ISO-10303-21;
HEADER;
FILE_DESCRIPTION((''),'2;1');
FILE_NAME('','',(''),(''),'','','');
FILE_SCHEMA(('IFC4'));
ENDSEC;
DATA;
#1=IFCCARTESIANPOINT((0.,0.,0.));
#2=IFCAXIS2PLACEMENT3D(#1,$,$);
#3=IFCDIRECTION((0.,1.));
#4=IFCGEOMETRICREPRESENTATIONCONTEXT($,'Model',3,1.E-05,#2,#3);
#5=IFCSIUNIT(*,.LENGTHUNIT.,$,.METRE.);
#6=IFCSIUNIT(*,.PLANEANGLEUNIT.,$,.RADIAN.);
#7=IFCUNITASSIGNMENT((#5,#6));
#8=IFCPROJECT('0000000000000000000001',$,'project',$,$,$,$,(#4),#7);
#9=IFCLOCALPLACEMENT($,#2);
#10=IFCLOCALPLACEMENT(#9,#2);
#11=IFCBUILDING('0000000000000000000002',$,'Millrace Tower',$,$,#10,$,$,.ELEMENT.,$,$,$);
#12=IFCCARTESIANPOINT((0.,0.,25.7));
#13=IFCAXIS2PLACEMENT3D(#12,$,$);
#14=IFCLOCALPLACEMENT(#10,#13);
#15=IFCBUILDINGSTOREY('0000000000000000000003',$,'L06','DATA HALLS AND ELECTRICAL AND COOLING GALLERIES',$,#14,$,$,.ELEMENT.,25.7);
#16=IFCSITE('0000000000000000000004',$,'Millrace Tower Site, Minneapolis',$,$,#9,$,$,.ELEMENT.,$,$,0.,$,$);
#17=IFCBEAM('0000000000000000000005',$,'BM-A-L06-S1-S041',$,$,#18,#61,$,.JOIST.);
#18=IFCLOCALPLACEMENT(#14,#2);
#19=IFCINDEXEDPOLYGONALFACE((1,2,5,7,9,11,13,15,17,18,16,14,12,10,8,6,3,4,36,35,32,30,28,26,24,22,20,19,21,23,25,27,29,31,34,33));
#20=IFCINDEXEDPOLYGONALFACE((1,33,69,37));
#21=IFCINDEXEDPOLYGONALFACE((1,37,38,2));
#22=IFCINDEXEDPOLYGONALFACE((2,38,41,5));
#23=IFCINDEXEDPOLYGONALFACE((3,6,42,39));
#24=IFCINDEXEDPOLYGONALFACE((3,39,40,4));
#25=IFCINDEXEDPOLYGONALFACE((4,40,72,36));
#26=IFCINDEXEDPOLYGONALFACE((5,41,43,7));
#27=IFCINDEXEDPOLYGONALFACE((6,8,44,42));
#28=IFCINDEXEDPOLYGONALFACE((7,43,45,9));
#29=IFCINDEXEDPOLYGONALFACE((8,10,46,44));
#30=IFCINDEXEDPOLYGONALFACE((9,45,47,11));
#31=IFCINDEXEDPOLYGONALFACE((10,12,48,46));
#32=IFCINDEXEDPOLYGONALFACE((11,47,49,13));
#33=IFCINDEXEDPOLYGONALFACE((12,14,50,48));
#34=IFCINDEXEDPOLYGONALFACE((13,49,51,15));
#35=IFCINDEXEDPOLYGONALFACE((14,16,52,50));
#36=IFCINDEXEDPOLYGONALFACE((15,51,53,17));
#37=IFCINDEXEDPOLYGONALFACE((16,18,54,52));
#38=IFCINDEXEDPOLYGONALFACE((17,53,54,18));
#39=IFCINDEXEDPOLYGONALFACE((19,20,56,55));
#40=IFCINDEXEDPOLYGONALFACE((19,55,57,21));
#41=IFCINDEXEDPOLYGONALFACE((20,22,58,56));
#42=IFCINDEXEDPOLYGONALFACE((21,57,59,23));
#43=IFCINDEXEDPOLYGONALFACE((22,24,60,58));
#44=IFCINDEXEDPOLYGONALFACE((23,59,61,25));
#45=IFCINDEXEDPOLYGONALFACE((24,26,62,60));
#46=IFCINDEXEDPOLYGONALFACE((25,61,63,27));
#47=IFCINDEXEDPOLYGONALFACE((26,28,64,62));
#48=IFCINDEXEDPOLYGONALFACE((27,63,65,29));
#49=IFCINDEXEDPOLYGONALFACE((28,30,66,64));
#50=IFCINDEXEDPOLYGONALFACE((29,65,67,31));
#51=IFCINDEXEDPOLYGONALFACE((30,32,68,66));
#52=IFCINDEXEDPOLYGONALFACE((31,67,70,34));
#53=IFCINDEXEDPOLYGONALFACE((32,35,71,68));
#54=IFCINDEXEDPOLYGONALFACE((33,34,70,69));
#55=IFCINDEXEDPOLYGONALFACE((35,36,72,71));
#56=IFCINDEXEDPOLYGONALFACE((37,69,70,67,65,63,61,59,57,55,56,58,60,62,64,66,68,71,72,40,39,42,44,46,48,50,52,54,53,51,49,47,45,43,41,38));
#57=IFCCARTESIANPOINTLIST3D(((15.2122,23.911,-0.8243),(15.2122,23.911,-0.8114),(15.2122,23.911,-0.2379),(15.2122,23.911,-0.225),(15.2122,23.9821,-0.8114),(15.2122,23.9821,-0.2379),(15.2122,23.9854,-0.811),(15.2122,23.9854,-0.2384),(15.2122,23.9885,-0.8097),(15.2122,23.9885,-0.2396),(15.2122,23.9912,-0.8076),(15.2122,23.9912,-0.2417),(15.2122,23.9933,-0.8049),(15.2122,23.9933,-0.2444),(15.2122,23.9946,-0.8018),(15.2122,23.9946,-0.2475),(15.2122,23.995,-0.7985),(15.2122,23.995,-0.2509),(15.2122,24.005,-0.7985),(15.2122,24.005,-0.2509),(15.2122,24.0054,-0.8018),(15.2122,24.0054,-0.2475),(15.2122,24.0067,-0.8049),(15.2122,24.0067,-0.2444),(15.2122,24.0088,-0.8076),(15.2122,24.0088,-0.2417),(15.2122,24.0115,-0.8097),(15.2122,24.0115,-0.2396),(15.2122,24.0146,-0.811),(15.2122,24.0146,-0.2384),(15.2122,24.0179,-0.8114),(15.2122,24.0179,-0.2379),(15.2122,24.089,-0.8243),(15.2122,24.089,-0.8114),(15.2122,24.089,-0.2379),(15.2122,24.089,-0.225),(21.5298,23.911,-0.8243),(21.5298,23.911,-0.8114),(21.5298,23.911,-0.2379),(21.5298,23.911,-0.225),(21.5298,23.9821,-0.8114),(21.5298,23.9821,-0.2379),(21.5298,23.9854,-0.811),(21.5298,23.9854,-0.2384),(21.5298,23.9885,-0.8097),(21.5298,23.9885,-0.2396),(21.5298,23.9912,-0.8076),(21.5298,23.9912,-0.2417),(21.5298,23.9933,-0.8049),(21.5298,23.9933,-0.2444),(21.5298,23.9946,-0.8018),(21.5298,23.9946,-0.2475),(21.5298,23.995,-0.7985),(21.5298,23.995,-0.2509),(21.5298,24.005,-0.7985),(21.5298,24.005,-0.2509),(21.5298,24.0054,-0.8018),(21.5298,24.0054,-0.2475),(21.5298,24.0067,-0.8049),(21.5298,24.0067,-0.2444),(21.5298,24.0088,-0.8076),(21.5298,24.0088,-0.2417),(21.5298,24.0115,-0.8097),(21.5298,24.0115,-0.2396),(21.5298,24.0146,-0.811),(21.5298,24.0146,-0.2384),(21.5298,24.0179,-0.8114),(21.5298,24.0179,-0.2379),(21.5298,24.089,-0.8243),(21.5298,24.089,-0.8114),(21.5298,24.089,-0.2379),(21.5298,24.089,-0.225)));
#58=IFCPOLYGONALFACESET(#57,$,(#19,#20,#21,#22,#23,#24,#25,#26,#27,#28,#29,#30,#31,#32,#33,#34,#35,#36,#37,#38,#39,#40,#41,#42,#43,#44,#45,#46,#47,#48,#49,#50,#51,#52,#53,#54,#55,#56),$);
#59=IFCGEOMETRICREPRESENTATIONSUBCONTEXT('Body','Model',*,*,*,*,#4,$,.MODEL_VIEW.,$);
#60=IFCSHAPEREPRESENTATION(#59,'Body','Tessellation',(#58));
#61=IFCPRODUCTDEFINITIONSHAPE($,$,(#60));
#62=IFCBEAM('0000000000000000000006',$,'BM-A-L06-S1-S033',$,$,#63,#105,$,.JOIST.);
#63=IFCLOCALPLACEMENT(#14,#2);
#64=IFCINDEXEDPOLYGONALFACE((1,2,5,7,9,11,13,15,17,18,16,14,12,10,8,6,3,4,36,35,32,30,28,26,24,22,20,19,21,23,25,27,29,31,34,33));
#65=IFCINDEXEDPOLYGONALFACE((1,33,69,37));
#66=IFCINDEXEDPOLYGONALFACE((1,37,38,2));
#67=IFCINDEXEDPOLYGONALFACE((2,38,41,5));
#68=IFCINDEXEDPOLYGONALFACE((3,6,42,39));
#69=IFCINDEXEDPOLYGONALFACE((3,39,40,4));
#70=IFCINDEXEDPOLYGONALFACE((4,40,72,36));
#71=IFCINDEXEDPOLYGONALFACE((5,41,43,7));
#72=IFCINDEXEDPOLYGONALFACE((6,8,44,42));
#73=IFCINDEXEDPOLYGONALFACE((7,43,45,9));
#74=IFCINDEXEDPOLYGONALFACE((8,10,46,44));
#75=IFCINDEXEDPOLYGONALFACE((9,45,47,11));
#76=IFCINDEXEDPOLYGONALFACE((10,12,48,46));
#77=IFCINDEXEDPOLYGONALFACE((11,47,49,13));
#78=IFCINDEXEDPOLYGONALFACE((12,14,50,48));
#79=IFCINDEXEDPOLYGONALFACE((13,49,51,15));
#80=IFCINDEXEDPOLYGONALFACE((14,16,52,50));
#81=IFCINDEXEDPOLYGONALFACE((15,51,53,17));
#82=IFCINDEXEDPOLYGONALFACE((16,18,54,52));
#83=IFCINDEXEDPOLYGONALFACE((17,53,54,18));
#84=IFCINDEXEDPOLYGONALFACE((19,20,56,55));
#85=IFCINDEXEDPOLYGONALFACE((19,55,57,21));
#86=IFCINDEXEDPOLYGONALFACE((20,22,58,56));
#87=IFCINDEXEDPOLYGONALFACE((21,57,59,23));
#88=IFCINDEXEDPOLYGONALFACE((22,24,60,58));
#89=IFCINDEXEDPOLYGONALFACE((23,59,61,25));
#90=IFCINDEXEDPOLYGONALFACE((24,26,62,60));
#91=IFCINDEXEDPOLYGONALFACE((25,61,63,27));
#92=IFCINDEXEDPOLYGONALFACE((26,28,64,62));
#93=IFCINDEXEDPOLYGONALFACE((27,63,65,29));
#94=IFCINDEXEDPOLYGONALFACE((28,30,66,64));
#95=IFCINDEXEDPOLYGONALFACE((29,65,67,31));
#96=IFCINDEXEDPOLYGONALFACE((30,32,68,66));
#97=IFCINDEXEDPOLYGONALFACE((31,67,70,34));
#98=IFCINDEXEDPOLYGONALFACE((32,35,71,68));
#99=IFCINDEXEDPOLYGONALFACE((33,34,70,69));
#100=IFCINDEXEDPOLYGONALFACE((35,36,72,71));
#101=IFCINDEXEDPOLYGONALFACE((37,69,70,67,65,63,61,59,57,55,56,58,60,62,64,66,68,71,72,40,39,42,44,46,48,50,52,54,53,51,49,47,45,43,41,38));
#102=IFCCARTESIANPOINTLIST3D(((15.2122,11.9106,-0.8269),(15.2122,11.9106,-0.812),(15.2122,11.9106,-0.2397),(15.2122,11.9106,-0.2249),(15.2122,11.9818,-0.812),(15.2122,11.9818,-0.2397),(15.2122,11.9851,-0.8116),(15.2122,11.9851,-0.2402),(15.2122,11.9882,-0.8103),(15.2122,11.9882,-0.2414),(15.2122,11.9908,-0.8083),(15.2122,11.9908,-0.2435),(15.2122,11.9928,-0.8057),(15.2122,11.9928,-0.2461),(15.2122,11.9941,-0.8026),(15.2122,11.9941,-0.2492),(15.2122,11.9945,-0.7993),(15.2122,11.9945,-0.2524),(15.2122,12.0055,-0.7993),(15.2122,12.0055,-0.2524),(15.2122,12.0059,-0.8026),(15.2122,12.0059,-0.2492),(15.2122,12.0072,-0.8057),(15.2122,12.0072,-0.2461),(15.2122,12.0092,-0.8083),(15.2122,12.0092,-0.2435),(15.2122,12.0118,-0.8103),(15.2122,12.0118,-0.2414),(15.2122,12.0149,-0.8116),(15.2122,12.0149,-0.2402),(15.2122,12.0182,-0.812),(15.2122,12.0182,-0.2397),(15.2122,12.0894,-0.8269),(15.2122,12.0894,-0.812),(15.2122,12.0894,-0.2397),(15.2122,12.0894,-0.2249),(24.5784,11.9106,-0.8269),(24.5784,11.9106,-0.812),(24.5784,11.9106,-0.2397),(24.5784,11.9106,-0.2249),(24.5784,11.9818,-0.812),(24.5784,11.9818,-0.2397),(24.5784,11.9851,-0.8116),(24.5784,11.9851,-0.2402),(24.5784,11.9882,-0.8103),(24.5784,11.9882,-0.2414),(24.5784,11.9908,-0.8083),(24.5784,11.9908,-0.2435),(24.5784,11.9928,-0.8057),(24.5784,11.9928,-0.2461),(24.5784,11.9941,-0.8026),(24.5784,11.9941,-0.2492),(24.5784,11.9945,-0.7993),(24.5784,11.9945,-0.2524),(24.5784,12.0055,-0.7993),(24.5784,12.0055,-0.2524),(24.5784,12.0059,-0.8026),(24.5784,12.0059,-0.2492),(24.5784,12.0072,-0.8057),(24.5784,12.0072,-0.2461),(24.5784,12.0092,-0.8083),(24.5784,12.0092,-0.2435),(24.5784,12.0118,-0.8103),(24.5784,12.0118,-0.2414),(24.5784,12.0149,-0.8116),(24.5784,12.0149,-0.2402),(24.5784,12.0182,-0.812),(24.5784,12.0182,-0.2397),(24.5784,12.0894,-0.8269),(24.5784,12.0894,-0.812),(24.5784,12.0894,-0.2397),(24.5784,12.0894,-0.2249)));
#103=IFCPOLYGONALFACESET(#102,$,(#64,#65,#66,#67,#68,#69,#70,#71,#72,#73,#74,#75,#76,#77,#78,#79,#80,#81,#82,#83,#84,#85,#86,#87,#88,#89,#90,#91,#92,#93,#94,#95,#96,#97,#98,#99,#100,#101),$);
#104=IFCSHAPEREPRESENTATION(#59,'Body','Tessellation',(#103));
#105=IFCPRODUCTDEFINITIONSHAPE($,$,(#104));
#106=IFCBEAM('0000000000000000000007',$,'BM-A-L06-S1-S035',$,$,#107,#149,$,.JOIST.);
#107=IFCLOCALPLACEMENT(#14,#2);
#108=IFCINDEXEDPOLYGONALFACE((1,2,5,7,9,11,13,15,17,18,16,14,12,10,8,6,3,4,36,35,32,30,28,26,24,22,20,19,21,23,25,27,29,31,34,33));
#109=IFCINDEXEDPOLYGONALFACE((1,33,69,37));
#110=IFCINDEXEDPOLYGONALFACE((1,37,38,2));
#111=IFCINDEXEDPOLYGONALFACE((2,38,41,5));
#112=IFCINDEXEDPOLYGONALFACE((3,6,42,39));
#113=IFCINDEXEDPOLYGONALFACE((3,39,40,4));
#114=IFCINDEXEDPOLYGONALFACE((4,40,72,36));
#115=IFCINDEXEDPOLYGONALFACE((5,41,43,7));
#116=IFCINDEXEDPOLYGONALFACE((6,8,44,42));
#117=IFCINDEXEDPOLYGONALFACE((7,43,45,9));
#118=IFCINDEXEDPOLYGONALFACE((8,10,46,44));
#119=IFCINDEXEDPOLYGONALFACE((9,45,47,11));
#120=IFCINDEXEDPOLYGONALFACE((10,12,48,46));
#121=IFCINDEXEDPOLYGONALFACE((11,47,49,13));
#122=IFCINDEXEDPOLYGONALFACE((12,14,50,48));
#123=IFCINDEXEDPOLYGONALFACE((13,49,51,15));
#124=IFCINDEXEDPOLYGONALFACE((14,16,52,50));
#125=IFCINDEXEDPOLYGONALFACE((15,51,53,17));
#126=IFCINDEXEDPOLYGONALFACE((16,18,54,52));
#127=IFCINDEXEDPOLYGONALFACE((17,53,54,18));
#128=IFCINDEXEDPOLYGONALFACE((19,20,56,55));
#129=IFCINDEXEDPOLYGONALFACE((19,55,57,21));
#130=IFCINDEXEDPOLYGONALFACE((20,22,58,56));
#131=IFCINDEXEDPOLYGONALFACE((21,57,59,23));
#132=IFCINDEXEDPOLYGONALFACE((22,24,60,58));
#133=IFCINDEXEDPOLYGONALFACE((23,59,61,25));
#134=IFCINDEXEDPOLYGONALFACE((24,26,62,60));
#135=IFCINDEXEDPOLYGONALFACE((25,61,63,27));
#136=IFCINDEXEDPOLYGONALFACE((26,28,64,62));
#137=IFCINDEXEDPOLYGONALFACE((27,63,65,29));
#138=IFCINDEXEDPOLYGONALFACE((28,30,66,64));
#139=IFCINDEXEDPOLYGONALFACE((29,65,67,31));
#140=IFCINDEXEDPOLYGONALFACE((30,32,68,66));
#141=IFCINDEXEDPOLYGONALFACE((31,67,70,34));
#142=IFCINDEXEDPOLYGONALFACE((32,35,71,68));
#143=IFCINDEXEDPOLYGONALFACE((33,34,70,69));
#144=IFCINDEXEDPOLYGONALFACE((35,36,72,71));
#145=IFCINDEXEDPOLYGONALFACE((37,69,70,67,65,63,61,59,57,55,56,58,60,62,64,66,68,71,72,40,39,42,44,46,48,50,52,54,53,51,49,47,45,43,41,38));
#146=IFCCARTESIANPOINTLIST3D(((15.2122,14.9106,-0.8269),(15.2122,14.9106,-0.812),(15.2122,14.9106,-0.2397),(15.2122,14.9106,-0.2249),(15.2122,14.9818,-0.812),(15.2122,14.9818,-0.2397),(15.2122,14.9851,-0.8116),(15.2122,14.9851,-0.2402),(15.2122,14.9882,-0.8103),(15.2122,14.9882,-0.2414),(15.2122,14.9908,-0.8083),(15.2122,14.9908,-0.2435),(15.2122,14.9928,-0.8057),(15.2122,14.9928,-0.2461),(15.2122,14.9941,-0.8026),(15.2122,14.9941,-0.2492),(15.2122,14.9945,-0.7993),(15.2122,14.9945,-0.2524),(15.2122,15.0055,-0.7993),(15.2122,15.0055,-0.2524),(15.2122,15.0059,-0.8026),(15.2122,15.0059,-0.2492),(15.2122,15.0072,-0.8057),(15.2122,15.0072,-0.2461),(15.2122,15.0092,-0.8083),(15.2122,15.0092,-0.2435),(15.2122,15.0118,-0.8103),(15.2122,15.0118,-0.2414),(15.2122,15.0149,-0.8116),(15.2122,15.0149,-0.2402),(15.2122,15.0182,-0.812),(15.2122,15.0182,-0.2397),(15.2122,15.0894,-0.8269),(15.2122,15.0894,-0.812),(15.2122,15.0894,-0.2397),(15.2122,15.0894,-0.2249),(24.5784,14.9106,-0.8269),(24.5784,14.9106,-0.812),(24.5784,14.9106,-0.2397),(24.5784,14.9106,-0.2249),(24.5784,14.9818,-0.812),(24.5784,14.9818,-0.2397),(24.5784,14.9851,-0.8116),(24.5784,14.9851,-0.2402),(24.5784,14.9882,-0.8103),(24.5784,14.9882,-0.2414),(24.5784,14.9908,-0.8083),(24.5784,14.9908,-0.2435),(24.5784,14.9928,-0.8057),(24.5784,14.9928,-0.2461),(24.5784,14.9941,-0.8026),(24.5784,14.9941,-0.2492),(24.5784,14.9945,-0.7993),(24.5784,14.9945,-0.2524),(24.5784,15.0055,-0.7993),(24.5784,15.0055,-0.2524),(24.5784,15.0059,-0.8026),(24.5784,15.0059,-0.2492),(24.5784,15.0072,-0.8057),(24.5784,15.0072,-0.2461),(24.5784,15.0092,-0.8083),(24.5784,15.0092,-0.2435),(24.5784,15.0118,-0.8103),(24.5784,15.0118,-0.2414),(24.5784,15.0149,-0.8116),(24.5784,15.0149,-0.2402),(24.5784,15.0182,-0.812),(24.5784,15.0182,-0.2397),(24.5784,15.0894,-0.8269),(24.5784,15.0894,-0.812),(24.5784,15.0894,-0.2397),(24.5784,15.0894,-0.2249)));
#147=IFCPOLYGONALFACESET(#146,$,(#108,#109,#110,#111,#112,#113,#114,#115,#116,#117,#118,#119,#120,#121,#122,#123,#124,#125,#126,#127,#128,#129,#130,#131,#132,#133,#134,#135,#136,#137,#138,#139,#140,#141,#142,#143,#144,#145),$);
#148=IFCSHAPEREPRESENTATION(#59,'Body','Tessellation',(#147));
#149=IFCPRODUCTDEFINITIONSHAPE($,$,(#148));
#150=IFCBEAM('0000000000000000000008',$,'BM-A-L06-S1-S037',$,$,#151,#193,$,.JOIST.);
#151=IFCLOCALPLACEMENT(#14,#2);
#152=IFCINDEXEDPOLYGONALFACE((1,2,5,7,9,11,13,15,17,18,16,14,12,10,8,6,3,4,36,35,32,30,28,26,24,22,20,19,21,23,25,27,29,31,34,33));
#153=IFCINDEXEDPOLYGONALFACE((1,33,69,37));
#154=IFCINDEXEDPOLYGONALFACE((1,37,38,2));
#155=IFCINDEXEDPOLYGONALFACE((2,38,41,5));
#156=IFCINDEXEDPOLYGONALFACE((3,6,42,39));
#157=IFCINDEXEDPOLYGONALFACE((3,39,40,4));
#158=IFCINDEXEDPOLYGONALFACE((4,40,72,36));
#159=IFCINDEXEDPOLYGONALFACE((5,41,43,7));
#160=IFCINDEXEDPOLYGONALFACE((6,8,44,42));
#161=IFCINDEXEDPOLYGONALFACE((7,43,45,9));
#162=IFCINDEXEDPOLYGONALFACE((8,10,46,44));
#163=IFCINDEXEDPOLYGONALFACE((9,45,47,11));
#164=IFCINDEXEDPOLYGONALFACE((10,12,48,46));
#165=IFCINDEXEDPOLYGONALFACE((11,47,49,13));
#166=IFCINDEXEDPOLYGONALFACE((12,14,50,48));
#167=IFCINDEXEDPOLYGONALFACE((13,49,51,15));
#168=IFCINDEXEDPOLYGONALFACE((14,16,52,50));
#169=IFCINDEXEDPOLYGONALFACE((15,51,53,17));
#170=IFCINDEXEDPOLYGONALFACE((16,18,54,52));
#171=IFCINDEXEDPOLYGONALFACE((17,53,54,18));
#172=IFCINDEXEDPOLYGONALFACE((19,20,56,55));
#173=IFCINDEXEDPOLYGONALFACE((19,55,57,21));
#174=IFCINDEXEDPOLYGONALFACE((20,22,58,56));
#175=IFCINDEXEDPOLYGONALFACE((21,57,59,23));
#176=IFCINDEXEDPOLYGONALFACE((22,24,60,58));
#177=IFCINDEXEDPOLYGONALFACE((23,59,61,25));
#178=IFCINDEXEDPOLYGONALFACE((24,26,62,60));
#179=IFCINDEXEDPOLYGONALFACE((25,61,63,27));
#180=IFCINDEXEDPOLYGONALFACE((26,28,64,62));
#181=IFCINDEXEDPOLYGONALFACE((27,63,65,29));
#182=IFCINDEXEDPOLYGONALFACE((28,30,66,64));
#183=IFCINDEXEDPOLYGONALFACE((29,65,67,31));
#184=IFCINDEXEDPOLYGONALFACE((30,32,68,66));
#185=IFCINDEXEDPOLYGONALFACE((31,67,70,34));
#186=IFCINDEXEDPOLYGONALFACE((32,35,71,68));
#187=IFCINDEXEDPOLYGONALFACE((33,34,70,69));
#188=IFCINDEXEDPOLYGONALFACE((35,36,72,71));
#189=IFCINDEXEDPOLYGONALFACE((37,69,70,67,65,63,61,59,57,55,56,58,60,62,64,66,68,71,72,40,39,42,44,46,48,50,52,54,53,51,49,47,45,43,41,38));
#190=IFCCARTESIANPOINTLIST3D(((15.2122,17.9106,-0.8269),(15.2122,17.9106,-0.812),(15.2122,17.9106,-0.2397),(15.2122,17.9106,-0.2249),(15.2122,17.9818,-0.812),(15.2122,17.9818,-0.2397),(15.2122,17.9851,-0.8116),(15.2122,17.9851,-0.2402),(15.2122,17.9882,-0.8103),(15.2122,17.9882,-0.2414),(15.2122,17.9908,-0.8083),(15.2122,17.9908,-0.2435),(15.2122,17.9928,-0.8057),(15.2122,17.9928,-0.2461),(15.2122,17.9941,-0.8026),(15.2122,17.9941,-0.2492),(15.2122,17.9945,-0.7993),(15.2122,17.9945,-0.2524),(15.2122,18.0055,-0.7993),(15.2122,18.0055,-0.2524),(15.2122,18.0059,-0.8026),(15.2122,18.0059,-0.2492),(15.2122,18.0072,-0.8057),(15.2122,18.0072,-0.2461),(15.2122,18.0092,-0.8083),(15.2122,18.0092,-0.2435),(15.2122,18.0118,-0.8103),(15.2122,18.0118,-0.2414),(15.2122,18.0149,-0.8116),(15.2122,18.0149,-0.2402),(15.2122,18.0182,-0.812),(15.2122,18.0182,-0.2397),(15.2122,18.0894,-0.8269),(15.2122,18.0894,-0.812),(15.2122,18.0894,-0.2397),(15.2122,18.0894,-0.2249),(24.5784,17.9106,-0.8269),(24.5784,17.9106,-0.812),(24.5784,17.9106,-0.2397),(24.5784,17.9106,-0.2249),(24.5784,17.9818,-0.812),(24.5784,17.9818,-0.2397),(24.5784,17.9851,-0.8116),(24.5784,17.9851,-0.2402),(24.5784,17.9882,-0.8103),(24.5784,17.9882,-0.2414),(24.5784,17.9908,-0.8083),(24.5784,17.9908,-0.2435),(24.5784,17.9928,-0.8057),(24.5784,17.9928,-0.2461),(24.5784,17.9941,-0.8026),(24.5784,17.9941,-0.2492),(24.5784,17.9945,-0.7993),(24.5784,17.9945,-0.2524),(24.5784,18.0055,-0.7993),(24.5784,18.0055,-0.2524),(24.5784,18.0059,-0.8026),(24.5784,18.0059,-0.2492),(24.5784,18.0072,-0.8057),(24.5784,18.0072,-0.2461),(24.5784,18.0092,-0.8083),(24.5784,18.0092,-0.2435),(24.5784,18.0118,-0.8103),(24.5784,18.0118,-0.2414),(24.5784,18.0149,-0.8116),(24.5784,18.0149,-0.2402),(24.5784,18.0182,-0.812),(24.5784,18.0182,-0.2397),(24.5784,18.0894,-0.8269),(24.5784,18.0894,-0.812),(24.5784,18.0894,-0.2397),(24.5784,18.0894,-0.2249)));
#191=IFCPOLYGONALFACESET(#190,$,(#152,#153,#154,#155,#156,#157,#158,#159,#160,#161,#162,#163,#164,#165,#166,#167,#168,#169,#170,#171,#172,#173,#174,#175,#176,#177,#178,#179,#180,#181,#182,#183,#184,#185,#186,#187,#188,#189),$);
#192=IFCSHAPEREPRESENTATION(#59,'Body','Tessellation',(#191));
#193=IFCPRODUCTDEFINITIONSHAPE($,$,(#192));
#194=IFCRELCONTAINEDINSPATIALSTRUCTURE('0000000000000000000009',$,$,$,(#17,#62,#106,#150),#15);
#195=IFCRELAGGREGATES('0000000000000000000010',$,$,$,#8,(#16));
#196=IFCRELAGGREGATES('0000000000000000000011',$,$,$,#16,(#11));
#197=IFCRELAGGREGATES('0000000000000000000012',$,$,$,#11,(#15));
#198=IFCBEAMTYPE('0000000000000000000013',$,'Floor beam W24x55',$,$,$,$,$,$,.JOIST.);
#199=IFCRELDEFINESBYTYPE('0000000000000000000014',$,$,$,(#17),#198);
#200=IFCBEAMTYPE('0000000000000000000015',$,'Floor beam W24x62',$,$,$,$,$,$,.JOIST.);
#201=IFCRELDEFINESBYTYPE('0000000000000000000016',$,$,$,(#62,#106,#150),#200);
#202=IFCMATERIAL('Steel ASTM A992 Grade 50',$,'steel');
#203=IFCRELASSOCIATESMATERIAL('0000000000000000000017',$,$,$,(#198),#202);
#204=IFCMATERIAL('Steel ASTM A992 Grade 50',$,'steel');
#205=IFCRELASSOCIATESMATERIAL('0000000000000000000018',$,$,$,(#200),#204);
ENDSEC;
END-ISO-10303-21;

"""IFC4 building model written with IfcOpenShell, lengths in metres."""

from ifc_helpers import new_model, si_unit, direction, frame, origin, origin_2d, place, context, subcontext, project, spatial, i_section, extrude, material, material_profile, profile_set, type_object, element, save


model = new_model("IFC4")

# Units and contexts
model_context = context("Model", 3, precision=1e-05, world=origin(), true_north=direction((0.0, 1.0)))
body_context = subcontext(model_context, "Body", "Model", "MODEL_VIEW")
ifc_project = project(units=[si_unit("LENGTHUNIT", "METRE"), si_unit("PLANEANGLEUNIT", "RADIAN")], contexts=[model_context])

# Site, building, storey
site_placement = place(None, origin())
site = spatial("IfcSite", under=ifc_project, at=site_placement, Name="Millrace Tower Site, Minneapolis", CompositionType="ELEMENT", RefElevation=0.0)
building_placement = place(site_placement, origin())
building = spatial("IfcBuilding", under=site, at=building_placement, Name="Millrace Tower", CompositionType="ELEMENT")
storey_placement = place(building_placement, frame((0.0, 0.0, 25.7)))
storey = spatial("IfcBuildingStorey", under=building, at=storey_placement, Name="L06", Description="DATA HALLS AND ELECTRICAL AND COOLING GALLERIES", CompositionType="ELEMENT", Elevation=25.7)

# Beams
ifc_material_1 = material(Name="Steel ASTM A992 Grade 50", Category="steel")
ifc_material_profile_1 = material_profile(ifc_material_1, i_section(OverallWidth=0.178, OverallDepth=0.5994, WebThickness=0.01, FlangeThickness=0.0129, FilletRadius=0.0129, at=origin_2d()))
ifc_profile_set_1 = profile_set([ifc_material_profile_1], Name="Steel ASTM A992 Grade 50")
beam_type_1 = type_object("IfcBeamType", Name="Floor beam W24x55", PredefinedType="JOIST", material=ifc_profile_set_1)
beam_1_placement = place(storey_placement, frame((15.2122, 24.0, -0.5247), z_axis=(1.0, 0.0, 0.0), x_axis=(0.0, 1.0, 0.0)))
element("IfcBeam", 1, at=beam_1_placement, inside=storey, type_object=beam_type_1, Name="BM-A-L06-S1-S041", PredefinedType="JOIST", context=body_context, shape_type="SweptSolid", body=[
    extrude(i_section(OverallWidth=0.178, OverallDepth=0.5994, WebThickness=0.01, FlangeThickness=0.0129, FilletRadius=0.0129, at=origin_2d()), origin(), (0.0, 0.0, 1.0), 6.3176),
])
ifc_material_2 = material(Name="Steel ASTM A992 Grade 50", Category="steel")
ifc_material_profile_2 = material_profile(ifc_material_2, i_section(OverallWidth=0.1787, OverallDepth=0.6021, WebThickness=0.011, FlangeThickness=0.0149, FilletRadius=0.0127, at=origin_2d()))
ifc_profile_set_2 = profile_set([ifc_material_profile_2], Name="Steel ASTM A992 Grade 50")
beam_type_2 = type_object("IfcBeamType", Name="Floor beam W24x62", PredefinedType="JOIST", material=ifc_profile_set_2)
for number, where, z_axis, x_axis, name in (
    (2, (15.2122, 12.0, -0.5259), (1.0, 0.0, 0.0), (0.0, 1.0, 0.0), "BM-A-L06-S1-S033"),
    (3, (15.2122, 15.0, -0.5259), (1.0, 0.0, 0.0), (0.0, 1.0, 0.0), "BM-A-L06-S1-S035"),
    (4, (15.2122, 18.0, -0.5259), (1.0, 0.0, 0.0), (0.0, 1.0, 0.0), "BM-A-L06-S1-S037"),
):
    element("IfcBeam", number, at=place(storey_placement, frame(where, z_axis=z_axis, x_axis=x_axis)), inside=storey, type_object=beam_type_2, Name=name, PredefinedType="JOIST", context=body_context, shape_type="SweptSolid", body=[
        extrude(i_section(OverallWidth=0.1787, OverallDepth=0.6021, WebThickness=0.011, FlangeThickness=0.0149, FilletRadius=0.0127, at=origin_2d()), origin(), (0.0, 0.0, 1.0), 9.3662),
    ])

save(model, "model.ifc")
